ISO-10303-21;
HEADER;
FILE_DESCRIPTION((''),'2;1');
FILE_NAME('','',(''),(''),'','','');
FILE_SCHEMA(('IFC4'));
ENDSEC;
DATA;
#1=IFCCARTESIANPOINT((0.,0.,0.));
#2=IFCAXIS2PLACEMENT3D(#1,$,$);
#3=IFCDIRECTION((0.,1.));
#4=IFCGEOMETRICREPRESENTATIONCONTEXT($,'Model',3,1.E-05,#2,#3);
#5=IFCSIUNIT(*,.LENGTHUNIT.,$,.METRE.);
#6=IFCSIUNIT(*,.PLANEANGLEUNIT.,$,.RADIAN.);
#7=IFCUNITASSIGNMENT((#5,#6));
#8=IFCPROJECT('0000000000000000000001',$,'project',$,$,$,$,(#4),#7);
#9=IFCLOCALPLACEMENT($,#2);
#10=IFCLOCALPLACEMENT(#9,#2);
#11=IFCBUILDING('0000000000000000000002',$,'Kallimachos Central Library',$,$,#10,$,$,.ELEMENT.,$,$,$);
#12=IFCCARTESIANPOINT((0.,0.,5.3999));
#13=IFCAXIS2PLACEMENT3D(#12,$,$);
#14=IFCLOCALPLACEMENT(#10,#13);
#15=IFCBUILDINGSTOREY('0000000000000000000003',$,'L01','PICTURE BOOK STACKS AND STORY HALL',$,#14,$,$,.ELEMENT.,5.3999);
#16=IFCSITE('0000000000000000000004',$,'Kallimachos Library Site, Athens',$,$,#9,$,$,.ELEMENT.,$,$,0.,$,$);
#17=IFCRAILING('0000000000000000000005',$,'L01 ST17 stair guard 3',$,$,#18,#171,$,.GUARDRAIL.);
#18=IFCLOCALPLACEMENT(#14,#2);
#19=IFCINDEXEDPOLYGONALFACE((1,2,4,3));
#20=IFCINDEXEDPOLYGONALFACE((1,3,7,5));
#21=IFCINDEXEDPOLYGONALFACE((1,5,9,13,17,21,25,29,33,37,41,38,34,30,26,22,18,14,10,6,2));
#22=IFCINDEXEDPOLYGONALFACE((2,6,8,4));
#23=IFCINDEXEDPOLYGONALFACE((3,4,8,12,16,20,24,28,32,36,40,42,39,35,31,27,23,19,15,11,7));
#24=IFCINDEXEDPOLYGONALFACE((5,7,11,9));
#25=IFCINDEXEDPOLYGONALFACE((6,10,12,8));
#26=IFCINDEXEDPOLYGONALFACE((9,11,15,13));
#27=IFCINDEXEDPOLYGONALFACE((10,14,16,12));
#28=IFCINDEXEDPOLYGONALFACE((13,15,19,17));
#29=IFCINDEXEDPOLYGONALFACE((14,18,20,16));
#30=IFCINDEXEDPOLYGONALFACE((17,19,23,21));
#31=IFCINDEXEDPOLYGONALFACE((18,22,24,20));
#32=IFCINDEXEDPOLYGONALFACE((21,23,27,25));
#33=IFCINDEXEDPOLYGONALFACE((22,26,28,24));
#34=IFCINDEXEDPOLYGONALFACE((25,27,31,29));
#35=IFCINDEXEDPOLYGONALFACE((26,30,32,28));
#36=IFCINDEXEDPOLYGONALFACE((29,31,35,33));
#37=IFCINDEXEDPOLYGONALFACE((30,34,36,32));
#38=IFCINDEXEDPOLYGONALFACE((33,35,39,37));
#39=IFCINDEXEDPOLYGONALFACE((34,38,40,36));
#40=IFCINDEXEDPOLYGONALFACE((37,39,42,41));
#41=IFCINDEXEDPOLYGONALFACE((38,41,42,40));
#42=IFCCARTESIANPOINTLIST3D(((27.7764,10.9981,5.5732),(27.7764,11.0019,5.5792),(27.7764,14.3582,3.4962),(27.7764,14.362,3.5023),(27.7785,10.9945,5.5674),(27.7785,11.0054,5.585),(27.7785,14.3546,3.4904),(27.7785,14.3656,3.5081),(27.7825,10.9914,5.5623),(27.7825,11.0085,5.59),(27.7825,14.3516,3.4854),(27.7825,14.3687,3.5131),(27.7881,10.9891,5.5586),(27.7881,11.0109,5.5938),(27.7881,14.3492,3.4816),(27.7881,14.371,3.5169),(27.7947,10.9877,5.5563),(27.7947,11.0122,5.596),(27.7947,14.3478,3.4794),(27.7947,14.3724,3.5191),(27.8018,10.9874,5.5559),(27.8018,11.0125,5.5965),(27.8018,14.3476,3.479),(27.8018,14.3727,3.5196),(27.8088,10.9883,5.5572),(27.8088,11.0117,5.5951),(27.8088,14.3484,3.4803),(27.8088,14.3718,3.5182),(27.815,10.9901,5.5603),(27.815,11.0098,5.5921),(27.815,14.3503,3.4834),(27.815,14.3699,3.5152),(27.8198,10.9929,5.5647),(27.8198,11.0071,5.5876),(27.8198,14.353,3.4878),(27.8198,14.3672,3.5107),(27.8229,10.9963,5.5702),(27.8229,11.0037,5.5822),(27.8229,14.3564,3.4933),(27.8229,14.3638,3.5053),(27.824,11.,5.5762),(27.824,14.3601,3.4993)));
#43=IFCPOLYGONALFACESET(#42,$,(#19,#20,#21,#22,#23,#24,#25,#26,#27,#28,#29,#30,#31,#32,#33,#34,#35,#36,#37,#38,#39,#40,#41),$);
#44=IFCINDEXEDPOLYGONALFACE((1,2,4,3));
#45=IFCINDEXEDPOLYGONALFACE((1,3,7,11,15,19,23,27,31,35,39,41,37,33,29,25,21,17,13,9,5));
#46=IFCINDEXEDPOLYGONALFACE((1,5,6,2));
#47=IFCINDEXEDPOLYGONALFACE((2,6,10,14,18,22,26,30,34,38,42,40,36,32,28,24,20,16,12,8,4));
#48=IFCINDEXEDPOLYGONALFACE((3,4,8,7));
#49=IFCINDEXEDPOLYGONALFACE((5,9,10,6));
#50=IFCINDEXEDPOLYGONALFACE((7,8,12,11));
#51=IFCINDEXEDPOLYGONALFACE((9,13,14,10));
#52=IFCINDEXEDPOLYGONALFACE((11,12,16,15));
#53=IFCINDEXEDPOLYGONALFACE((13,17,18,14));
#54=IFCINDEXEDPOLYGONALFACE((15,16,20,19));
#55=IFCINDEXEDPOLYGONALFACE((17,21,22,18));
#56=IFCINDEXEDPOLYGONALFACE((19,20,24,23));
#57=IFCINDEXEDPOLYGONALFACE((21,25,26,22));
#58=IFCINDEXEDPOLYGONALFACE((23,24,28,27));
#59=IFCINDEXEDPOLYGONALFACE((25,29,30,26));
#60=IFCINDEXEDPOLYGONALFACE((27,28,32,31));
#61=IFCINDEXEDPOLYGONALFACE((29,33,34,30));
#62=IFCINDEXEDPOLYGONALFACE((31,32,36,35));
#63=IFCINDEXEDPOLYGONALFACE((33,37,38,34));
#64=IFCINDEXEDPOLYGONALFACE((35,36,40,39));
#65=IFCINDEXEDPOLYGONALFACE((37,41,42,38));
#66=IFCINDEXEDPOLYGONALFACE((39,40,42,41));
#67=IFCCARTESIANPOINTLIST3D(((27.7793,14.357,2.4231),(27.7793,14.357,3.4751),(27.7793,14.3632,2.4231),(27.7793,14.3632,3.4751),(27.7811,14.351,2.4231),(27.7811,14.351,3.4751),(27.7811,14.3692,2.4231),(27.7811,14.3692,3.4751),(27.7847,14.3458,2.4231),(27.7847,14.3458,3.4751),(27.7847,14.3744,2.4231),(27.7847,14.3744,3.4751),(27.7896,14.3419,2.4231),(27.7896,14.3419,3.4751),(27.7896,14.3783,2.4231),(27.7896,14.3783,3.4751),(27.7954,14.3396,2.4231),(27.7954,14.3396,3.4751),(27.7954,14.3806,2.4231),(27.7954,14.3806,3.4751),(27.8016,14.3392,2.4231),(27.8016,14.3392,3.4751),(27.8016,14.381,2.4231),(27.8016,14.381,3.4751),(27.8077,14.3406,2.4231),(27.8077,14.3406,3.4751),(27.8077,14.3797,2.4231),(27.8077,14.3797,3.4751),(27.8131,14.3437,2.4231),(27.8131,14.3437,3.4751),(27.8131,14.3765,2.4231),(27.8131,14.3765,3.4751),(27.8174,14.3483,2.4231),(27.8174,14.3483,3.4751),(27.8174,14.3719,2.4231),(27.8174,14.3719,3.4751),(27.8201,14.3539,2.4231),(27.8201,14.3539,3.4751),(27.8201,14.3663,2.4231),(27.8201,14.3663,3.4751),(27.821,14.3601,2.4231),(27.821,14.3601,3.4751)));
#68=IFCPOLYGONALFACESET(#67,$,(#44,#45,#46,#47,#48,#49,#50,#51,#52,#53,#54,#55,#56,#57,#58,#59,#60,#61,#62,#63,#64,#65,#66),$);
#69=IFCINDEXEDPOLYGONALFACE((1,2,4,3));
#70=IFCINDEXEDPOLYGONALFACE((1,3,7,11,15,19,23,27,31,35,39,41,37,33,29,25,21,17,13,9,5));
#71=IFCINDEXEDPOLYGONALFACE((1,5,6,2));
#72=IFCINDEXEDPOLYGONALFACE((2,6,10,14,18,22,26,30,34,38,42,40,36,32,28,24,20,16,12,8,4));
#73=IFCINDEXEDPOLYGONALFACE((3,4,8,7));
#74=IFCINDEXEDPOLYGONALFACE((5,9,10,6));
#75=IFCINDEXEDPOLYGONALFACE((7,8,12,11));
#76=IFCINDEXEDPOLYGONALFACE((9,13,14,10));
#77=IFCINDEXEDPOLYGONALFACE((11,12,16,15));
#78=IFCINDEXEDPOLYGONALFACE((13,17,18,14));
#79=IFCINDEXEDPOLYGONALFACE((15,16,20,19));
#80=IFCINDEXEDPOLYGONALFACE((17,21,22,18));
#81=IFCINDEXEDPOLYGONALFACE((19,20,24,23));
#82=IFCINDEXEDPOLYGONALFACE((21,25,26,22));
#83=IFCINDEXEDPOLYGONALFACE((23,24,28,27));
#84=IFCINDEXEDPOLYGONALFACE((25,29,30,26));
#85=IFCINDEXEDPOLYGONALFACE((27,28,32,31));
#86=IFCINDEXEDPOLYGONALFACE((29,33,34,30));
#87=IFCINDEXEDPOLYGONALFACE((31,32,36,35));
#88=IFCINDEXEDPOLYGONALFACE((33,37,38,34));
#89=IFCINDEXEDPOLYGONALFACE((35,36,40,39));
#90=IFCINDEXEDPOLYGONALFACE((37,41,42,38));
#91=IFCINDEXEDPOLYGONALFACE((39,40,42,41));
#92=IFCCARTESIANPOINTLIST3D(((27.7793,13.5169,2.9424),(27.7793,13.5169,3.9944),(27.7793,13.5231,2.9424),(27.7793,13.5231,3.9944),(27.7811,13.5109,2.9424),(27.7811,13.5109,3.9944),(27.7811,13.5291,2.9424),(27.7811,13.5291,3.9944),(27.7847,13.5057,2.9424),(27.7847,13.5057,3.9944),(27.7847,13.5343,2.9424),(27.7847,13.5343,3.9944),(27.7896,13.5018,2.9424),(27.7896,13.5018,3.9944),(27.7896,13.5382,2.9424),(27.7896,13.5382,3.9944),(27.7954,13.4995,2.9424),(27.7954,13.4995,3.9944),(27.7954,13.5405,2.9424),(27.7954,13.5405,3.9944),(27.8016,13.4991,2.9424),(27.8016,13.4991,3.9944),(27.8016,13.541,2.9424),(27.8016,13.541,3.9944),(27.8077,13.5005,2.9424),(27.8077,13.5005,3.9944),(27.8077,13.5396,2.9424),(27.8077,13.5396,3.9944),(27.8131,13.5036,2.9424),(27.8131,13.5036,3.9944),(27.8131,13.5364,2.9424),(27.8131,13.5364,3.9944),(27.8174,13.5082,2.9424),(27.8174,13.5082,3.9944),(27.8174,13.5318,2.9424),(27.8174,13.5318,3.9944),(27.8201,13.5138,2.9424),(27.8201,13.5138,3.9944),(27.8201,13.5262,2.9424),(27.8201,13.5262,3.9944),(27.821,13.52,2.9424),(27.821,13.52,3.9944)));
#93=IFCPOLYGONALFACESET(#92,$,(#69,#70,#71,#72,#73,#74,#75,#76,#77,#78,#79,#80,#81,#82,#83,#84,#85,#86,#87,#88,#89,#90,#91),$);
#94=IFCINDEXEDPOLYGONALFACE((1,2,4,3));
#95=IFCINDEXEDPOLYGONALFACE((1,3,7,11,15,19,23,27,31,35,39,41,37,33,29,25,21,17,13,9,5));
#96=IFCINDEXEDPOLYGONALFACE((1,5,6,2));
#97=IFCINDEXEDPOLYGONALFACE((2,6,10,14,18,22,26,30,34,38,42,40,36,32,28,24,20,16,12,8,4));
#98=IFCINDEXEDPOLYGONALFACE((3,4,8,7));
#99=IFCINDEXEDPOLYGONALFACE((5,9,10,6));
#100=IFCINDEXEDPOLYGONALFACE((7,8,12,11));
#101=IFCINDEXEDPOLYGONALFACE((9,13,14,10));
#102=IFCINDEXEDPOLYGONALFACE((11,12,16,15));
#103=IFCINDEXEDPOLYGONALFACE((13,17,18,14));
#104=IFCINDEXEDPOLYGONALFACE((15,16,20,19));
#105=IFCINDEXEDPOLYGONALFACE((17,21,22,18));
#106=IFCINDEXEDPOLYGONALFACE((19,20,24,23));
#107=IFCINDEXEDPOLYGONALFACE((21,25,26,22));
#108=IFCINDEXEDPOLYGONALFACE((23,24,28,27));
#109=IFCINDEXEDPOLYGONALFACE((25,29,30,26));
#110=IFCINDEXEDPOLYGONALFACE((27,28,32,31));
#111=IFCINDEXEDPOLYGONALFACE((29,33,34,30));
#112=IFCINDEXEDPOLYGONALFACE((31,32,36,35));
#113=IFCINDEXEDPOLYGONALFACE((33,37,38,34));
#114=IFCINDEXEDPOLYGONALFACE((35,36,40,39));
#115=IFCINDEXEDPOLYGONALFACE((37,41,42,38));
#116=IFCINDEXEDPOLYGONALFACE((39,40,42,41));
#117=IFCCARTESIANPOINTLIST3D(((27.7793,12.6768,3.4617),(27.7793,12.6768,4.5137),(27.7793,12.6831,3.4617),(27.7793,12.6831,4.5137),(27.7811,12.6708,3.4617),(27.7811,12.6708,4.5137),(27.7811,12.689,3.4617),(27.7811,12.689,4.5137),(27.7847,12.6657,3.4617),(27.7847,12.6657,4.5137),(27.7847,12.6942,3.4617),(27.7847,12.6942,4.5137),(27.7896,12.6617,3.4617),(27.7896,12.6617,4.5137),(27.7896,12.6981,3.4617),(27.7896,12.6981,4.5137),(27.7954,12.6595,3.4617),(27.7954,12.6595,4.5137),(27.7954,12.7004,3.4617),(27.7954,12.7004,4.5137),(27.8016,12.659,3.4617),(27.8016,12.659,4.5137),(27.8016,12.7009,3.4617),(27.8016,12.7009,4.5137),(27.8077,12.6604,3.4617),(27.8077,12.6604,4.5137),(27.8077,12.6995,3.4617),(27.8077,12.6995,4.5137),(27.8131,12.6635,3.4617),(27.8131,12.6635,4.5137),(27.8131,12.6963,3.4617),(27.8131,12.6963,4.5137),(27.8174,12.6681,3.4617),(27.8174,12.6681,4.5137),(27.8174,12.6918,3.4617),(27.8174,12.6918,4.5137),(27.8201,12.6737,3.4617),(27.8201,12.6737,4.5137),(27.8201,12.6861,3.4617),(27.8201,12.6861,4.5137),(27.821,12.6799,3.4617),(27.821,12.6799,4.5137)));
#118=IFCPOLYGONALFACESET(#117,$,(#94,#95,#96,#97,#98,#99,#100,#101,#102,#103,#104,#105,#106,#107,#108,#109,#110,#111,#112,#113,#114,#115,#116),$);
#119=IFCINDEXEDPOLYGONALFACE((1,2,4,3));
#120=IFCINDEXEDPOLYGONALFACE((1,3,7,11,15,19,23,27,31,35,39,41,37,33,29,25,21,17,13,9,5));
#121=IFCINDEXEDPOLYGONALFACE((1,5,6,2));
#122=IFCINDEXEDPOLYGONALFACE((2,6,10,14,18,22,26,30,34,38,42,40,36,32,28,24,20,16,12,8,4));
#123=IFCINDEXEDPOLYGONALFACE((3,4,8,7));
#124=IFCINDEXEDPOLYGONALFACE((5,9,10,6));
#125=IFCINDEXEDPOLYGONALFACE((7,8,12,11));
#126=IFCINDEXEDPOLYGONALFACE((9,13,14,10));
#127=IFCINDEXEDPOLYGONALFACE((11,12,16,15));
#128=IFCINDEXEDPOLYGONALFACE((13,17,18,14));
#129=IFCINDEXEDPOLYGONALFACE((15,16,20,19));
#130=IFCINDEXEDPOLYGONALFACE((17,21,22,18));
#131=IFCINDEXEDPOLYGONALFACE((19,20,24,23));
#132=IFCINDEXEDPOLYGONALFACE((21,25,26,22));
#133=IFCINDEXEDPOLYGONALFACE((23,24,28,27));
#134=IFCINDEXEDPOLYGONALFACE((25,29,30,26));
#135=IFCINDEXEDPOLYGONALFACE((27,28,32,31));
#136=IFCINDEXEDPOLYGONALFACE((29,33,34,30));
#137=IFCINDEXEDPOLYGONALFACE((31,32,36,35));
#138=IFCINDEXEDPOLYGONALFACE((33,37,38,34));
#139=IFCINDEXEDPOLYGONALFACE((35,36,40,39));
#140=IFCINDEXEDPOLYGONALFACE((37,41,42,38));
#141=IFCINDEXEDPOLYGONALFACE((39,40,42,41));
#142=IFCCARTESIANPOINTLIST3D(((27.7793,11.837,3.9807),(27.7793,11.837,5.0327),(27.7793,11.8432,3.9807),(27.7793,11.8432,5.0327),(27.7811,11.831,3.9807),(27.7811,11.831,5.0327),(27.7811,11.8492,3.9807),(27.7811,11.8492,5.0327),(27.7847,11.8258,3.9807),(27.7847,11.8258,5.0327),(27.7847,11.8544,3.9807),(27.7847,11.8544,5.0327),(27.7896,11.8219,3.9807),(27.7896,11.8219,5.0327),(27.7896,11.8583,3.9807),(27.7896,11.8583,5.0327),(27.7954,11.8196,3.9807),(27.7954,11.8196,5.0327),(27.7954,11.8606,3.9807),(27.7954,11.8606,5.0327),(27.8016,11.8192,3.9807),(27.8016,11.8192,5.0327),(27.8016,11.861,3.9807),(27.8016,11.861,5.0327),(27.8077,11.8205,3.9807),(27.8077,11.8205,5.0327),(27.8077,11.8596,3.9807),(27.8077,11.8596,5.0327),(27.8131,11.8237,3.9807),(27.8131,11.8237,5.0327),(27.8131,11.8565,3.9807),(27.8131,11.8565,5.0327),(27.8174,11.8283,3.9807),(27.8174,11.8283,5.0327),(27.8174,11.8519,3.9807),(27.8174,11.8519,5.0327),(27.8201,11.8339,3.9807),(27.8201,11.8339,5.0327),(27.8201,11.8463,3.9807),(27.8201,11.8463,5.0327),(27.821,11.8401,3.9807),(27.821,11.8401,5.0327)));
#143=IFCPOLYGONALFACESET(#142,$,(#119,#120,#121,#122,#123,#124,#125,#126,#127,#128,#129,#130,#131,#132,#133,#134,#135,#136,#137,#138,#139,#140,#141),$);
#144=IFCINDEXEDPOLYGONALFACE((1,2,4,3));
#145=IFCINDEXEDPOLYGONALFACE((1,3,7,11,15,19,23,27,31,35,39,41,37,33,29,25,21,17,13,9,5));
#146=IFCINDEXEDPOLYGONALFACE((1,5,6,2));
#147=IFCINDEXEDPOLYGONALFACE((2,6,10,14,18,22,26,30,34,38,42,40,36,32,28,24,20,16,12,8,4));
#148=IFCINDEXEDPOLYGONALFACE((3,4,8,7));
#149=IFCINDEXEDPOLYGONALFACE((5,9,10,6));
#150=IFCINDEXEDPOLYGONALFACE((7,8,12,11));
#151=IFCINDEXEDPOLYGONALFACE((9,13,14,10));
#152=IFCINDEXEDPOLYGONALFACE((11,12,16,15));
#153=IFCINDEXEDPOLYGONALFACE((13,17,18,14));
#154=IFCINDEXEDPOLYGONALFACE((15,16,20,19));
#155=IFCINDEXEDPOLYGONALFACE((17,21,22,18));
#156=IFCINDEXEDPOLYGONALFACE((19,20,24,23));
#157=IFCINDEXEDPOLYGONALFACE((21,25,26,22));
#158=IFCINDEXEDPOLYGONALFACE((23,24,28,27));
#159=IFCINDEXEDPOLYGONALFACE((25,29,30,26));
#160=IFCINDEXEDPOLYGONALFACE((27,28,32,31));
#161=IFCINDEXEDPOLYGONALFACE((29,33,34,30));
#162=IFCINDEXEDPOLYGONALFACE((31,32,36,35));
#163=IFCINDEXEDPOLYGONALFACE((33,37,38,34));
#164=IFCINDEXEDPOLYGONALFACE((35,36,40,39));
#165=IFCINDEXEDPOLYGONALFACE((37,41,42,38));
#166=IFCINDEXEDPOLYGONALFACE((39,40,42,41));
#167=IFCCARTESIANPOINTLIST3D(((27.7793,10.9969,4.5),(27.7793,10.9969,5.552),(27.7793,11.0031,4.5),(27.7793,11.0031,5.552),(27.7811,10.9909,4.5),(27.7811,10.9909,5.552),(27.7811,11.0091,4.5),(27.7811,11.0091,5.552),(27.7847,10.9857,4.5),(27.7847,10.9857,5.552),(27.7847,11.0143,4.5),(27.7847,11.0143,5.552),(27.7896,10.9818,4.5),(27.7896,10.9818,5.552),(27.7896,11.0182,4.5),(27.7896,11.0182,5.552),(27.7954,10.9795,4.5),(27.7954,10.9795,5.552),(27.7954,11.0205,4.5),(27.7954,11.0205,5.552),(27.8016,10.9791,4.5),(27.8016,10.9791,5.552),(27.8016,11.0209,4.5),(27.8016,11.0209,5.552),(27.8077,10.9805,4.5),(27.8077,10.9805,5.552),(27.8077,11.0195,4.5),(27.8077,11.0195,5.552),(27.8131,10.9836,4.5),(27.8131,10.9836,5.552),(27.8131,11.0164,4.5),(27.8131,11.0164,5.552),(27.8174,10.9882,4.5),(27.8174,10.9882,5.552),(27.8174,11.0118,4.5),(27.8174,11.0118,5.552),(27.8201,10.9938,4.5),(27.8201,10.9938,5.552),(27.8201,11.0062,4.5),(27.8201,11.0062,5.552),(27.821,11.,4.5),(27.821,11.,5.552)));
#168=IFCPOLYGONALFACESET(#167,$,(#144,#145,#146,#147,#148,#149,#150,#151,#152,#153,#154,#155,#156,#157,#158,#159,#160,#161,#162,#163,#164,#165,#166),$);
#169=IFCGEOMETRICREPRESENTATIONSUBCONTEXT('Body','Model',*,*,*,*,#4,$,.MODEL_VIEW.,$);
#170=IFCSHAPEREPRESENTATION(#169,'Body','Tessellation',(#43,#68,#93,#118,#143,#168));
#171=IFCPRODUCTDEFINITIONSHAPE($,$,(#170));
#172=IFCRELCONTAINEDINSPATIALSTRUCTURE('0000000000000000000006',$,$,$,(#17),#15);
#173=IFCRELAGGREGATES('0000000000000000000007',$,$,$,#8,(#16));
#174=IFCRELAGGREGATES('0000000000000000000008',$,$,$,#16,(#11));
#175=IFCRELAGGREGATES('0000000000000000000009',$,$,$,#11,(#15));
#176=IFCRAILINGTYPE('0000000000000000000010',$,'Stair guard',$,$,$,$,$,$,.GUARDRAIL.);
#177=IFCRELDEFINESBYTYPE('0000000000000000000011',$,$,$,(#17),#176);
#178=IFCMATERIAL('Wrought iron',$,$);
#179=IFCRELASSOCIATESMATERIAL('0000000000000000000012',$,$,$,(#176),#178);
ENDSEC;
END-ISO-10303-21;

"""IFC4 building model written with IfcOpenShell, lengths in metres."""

from ifc_helpers import new_model, si_unit, direction, frame, origin, origin_2d, place, context, subcontext, project, spatial, circle, extrude, material, type_object, element, save


model = new_model("IFC4")

# Units and contexts
model_context = context("Model", 3, precision=1e-05, world=origin(), true_north=direction((0.0, 1.0)))
body_context = subcontext(model_context, "Body", "Model", "MODEL_VIEW")
ifc_project = project(units=[si_unit("LENGTHUNIT", "METRE"), si_unit("PLANEANGLEUNIT", "RADIAN")], contexts=[model_context])

# Site, building, storey
site_placement = place(None, origin())
site = spatial("IfcSite", under=ifc_project, at=site_placement, Name="Kallimachos Library Site, Athens", CompositionType="ELEMENT", RefElevation=0.0)
building_placement = place(site_placement, origin())
building = spatial("IfcBuilding", under=site, at=building_placement, Name="Kallimachos Central Library", CompositionType="ELEMENT")
storey_placement = place(building_placement, frame((0.0, 0.0, 5.3999)))
storey = spatial("IfcBuildingStorey", under=building, at=storey_placement, Name="L01", Description="PICTURE BOOK STACKS AND STORY HALL", CompositionType="ELEMENT", Elevation=5.3999)

# Railing
ifc_material_1 = material(Name="Wrought iron")
railing_type_1 = type_object("IfcRailingType", Name="Stair guard", PredefinedType="GUARDRAIL", material=ifc_material_1)
railing_1_placement = place(storey_placement, frame((27.8, 14.3601, 2.4231)))
element("IfcRailing", 1, at=railing_1_placement, inside=storey, type_object=railing_type_1, Name="L01 ST17 stair guard 3", PredefinedType="GUARDRAIL", context=body_context, shape_type="SweptSolid", body=[
    extrude(circle(Radius=0.0239, at=origin_2d()), frame((0.0, 0.0, 1.0762), z_axis=(0.0, -0.850623, 0.525776), x_axis=(1.0, 0.0, 0.0)), (0.0, 0.0, 1.0), 3.9502),
    extrude(circle(Radius=0.021, at=origin_2d()), origin(), (0.0, 0.0, 1.0), 1.052),
    extrude(circle(Radius=0.021, at=origin_2d()), frame((0.0, -0.8401, 0.5193)), (0.0, 0.0, 1.0), 1.052),
    extrude(circle(Radius=0.021, at=origin_2d()), frame((0.0, -1.6802, 1.0386)), (0.0, 0.0, 1.0), 1.052),
    extrude(circle(Radius=0.021, at=origin_2d()), frame((0.0, -2.52, 1.5576)), (0.0, 0.0, 1.0), 1.052),
    extrude(circle(Radius=0.021, at=origin_2d()), frame((0.0, -3.3601, 2.0769)), (0.0, 0.0, 1.0), 1.052),
])

save(model, "model.ifc")
